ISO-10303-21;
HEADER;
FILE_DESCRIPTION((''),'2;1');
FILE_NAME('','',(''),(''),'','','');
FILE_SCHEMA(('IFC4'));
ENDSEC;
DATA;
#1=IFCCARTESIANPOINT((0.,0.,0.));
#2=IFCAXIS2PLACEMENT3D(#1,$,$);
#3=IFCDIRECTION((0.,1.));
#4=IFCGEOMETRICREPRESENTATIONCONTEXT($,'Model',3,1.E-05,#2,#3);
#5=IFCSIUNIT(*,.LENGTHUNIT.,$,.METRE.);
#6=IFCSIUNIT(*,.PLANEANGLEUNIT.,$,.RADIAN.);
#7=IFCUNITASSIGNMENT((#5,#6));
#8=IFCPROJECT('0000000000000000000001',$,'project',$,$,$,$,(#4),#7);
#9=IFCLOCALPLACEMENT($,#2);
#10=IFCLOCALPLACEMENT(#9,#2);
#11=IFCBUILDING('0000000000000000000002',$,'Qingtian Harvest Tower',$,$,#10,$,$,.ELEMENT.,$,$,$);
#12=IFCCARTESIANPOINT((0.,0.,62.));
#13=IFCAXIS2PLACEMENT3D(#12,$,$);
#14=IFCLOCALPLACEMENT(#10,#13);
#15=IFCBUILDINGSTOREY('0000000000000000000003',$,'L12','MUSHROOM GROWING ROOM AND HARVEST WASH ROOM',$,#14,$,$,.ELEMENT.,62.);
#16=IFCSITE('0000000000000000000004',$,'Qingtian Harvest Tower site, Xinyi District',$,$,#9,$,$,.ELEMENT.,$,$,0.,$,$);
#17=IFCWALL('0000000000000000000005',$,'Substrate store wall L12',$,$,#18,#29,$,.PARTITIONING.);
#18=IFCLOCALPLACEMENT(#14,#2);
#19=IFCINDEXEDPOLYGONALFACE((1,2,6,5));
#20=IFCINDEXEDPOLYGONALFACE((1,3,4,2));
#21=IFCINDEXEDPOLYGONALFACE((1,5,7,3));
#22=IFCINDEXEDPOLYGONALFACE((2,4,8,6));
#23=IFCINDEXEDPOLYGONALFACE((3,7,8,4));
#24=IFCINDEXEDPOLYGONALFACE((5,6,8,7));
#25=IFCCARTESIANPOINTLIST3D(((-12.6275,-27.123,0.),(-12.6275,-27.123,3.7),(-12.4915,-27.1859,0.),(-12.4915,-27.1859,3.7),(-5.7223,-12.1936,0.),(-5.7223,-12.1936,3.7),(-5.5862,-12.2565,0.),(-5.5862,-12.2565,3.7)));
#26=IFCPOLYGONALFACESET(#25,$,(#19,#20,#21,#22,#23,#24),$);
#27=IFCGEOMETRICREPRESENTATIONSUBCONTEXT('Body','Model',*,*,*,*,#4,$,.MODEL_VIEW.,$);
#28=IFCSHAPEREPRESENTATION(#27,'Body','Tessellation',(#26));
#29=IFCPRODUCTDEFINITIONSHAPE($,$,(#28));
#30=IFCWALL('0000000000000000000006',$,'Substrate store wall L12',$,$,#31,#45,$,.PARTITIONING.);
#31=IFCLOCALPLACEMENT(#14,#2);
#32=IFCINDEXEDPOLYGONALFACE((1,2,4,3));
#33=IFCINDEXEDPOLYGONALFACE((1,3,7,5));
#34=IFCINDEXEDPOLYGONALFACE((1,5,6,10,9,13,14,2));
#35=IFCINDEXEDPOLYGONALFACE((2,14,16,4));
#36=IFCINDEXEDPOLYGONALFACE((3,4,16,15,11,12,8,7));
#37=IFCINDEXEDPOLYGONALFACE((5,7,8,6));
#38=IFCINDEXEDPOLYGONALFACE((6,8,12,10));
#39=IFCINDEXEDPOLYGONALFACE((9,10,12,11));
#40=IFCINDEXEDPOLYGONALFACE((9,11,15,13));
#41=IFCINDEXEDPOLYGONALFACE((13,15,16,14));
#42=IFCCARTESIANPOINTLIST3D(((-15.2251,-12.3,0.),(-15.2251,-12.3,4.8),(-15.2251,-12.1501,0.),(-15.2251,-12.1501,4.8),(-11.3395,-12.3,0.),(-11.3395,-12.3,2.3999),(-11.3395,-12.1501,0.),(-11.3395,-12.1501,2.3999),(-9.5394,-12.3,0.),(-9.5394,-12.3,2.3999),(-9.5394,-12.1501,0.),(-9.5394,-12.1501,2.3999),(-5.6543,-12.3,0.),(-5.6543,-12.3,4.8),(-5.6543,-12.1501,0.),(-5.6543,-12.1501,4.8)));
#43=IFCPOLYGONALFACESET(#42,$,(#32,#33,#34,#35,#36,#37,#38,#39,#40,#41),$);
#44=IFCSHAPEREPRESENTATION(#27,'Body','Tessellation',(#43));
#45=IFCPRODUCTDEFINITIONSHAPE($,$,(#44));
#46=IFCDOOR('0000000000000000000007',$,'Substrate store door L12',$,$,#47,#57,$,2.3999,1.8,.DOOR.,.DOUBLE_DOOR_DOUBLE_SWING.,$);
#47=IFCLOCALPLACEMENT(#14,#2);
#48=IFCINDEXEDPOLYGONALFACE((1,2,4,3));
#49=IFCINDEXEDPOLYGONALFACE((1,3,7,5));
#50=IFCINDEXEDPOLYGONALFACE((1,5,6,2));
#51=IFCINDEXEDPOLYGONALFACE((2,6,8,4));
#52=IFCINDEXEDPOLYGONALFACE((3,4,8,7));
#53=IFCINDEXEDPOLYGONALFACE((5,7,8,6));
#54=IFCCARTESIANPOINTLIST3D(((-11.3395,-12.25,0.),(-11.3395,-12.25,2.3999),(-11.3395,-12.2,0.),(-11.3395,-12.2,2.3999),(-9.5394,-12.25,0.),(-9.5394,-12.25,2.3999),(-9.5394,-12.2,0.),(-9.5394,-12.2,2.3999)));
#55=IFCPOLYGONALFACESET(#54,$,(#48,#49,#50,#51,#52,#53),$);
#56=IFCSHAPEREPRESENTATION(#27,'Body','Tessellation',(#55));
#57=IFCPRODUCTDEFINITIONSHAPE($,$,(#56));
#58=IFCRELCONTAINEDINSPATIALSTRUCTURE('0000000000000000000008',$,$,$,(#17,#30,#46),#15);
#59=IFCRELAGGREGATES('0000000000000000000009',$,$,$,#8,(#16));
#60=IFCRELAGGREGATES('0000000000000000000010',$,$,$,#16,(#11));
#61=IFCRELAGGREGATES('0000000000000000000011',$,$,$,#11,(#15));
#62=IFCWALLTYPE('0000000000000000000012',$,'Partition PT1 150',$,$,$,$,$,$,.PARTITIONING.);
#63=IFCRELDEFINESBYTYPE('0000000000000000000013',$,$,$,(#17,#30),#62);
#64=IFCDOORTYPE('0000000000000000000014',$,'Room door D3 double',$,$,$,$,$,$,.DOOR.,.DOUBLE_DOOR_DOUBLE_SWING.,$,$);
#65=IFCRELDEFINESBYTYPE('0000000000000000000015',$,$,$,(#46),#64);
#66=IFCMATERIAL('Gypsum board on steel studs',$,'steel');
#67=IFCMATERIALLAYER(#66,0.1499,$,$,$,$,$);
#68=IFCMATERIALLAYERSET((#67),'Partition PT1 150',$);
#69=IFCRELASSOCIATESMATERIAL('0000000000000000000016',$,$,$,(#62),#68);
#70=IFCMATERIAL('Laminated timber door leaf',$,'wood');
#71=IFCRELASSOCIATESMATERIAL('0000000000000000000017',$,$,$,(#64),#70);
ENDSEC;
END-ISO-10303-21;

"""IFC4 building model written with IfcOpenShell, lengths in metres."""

from ifc_helpers import new_model, si_unit, direction, frame, frame_2d, origin, place, context, subcontext, project, spatial, rectangle, extrude, material, layer, layer_set, type_object, element, fill, save


model = new_model("IFC4")

# Units and contexts
model_context = context("Model", 3, precision=1e-05, world=origin(), true_north=direction((0.0, 1.0)))
body_context = subcontext(model_context, "Body", "Model", "MODEL_VIEW")
ifc_project = project(units=[si_unit("LENGTHUNIT", "METRE"), si_unit("PLANEANGLEUNIT", "RADIAN")], contexts=[model_context])

# Site, building, storey
site_placement = place(None, origin())
site = spatial("IfcSite", under=ifc_project, at=site_placement, Name="Qingtian Harvest Tower site, Xinyi District", CompositionType="ELEMENT", RefElevation=0.0)
building_placement = place(site_placement, origin())
building = spatial("IfcBuilding", under=site, at=building_placement, Name="Qingtian Harvest Tower", CompositionType="ELEMENT")
storey_placement = place(building_placement, frame((0.0, 0.0, 62.0)))
storey = spatial("IfcBuildingStorey", under=building, at=storey_placement, Name="L12", Description="MUSHROOM GROWING ROOM AND HARVEST WASH ROOM", CompositionType="ELEMENT", Elevation=62.0)

# Wall
ifc_material_1 = material(Name="Gypsum board on steel studs", Category="steel")
ifc_layer_1 = layer(ifc_material_1, 0.1499)
ifc_layer_set_1 = layer_set([ifc_layer_1], Name="Partition PT1 150")
wall_type_1 = type_object("IfcWallType", Name="Partition PT1 150", PredefinedType="PARTITIONING", material=ifc_layer_set_1)
wall_1_placement = place(storey_placement, frame((-12.5596, -27.1545, 0.0), z_axis=(0.0, 0.0, 1.0), x_axis=(0.419798, 0.907618, 0.0)))
element("IfcWall", 1, at=wall_1_placement, inside=storey, type_object=wall_type_1, Name="Substrate store wall L12", PredefinedType="PARTITIONING", context=body_context, shape_type="SweptSolid", body=[
    extrude(rectangle(XDim=16.449, YDim=0.1499, at=frame_2d((8.2246, 0.0))), origin(), (0.0, 0.0, 1.0), 3.7),
])

# Wall, opening, door
wall_2_placement = place(storey_placement, frame((-5.6543, -12.2251, 0.0), z_axis=(0.0, 0.0, 1.0), x_axis=(-1.0, 0.0, 0.0)))
wall_2 = element("IfcWall", 2, at=wall_2_placement, inside=storey, type_object=wall_type_1, Name="Substrate store wall L12", PredefinedType="PARTITIONING", context=body_context, shape_type="SweptSolid", body=[
    extrude(rectangle(XDim=9.5708, YDim=0.1499, at=frame_2d((4.7854, 0.0))), origin(), (0.0, 0.0, 1.0), 4.8),
])
opening_1_placement = place(wall_2_placement, frame((3.8853, 0.0, 0.0)))
opening_1 = element("IfcOpeningElement", 3, at=opening_1_placement, cuts=wall_2, PredefinedType="OPENING", context=body_context, shape_type="SweptSolid", body=[
    extrude(rectangle(XDim=1.8, YDim=2.3999, at=frame_2d((0.8999, 1.2))), frame((0.0, 0.085, 0.0), z_axis=(0.0, -1.0, 0.0), x_axis=(1.0, 0.0, 0.0)), (0.0, 0.0, 1.0), 0.1699),
])
ifc_material_2 = material(Name="Laminated timber door leaf", Category="wood")
door_type_1 = type_object("IfcDoorType", Name="Room door D3 double", OperationType="DOUBLE_DOOR_DOUBLE_SWING", PredefinedType="DOOR", material=ifc_material_2)
door_1_placement = place(opening_1_placement, origin())
door_1 = element("IfcDoor", 4, at=door_1_placement, inside=storey, type_object=door_type_1, Name="Substrate store door L12", OperationType="DOUBLE_DOOR_DOUBLE_SWING", OverallHeight=2.3999, OverallWidth=1.8, PredefinedType="DOOR", context=body_context, shape_type="SweptSolid", body=[
    extrude(rectangle(XDim=1.8, YDim=2.3999, at=frame_2d((0.8999, 1.2))), frame((0.0, 0.0249, 0.0), z_axis=(0.0, -1.0, 0.0), x_axis=(1.0, 0.0, 0.0)), (0.0, 0.0, 1.0), 0.05),
])
fill(opening_1, door_1)

save(model, "model.ifc")
